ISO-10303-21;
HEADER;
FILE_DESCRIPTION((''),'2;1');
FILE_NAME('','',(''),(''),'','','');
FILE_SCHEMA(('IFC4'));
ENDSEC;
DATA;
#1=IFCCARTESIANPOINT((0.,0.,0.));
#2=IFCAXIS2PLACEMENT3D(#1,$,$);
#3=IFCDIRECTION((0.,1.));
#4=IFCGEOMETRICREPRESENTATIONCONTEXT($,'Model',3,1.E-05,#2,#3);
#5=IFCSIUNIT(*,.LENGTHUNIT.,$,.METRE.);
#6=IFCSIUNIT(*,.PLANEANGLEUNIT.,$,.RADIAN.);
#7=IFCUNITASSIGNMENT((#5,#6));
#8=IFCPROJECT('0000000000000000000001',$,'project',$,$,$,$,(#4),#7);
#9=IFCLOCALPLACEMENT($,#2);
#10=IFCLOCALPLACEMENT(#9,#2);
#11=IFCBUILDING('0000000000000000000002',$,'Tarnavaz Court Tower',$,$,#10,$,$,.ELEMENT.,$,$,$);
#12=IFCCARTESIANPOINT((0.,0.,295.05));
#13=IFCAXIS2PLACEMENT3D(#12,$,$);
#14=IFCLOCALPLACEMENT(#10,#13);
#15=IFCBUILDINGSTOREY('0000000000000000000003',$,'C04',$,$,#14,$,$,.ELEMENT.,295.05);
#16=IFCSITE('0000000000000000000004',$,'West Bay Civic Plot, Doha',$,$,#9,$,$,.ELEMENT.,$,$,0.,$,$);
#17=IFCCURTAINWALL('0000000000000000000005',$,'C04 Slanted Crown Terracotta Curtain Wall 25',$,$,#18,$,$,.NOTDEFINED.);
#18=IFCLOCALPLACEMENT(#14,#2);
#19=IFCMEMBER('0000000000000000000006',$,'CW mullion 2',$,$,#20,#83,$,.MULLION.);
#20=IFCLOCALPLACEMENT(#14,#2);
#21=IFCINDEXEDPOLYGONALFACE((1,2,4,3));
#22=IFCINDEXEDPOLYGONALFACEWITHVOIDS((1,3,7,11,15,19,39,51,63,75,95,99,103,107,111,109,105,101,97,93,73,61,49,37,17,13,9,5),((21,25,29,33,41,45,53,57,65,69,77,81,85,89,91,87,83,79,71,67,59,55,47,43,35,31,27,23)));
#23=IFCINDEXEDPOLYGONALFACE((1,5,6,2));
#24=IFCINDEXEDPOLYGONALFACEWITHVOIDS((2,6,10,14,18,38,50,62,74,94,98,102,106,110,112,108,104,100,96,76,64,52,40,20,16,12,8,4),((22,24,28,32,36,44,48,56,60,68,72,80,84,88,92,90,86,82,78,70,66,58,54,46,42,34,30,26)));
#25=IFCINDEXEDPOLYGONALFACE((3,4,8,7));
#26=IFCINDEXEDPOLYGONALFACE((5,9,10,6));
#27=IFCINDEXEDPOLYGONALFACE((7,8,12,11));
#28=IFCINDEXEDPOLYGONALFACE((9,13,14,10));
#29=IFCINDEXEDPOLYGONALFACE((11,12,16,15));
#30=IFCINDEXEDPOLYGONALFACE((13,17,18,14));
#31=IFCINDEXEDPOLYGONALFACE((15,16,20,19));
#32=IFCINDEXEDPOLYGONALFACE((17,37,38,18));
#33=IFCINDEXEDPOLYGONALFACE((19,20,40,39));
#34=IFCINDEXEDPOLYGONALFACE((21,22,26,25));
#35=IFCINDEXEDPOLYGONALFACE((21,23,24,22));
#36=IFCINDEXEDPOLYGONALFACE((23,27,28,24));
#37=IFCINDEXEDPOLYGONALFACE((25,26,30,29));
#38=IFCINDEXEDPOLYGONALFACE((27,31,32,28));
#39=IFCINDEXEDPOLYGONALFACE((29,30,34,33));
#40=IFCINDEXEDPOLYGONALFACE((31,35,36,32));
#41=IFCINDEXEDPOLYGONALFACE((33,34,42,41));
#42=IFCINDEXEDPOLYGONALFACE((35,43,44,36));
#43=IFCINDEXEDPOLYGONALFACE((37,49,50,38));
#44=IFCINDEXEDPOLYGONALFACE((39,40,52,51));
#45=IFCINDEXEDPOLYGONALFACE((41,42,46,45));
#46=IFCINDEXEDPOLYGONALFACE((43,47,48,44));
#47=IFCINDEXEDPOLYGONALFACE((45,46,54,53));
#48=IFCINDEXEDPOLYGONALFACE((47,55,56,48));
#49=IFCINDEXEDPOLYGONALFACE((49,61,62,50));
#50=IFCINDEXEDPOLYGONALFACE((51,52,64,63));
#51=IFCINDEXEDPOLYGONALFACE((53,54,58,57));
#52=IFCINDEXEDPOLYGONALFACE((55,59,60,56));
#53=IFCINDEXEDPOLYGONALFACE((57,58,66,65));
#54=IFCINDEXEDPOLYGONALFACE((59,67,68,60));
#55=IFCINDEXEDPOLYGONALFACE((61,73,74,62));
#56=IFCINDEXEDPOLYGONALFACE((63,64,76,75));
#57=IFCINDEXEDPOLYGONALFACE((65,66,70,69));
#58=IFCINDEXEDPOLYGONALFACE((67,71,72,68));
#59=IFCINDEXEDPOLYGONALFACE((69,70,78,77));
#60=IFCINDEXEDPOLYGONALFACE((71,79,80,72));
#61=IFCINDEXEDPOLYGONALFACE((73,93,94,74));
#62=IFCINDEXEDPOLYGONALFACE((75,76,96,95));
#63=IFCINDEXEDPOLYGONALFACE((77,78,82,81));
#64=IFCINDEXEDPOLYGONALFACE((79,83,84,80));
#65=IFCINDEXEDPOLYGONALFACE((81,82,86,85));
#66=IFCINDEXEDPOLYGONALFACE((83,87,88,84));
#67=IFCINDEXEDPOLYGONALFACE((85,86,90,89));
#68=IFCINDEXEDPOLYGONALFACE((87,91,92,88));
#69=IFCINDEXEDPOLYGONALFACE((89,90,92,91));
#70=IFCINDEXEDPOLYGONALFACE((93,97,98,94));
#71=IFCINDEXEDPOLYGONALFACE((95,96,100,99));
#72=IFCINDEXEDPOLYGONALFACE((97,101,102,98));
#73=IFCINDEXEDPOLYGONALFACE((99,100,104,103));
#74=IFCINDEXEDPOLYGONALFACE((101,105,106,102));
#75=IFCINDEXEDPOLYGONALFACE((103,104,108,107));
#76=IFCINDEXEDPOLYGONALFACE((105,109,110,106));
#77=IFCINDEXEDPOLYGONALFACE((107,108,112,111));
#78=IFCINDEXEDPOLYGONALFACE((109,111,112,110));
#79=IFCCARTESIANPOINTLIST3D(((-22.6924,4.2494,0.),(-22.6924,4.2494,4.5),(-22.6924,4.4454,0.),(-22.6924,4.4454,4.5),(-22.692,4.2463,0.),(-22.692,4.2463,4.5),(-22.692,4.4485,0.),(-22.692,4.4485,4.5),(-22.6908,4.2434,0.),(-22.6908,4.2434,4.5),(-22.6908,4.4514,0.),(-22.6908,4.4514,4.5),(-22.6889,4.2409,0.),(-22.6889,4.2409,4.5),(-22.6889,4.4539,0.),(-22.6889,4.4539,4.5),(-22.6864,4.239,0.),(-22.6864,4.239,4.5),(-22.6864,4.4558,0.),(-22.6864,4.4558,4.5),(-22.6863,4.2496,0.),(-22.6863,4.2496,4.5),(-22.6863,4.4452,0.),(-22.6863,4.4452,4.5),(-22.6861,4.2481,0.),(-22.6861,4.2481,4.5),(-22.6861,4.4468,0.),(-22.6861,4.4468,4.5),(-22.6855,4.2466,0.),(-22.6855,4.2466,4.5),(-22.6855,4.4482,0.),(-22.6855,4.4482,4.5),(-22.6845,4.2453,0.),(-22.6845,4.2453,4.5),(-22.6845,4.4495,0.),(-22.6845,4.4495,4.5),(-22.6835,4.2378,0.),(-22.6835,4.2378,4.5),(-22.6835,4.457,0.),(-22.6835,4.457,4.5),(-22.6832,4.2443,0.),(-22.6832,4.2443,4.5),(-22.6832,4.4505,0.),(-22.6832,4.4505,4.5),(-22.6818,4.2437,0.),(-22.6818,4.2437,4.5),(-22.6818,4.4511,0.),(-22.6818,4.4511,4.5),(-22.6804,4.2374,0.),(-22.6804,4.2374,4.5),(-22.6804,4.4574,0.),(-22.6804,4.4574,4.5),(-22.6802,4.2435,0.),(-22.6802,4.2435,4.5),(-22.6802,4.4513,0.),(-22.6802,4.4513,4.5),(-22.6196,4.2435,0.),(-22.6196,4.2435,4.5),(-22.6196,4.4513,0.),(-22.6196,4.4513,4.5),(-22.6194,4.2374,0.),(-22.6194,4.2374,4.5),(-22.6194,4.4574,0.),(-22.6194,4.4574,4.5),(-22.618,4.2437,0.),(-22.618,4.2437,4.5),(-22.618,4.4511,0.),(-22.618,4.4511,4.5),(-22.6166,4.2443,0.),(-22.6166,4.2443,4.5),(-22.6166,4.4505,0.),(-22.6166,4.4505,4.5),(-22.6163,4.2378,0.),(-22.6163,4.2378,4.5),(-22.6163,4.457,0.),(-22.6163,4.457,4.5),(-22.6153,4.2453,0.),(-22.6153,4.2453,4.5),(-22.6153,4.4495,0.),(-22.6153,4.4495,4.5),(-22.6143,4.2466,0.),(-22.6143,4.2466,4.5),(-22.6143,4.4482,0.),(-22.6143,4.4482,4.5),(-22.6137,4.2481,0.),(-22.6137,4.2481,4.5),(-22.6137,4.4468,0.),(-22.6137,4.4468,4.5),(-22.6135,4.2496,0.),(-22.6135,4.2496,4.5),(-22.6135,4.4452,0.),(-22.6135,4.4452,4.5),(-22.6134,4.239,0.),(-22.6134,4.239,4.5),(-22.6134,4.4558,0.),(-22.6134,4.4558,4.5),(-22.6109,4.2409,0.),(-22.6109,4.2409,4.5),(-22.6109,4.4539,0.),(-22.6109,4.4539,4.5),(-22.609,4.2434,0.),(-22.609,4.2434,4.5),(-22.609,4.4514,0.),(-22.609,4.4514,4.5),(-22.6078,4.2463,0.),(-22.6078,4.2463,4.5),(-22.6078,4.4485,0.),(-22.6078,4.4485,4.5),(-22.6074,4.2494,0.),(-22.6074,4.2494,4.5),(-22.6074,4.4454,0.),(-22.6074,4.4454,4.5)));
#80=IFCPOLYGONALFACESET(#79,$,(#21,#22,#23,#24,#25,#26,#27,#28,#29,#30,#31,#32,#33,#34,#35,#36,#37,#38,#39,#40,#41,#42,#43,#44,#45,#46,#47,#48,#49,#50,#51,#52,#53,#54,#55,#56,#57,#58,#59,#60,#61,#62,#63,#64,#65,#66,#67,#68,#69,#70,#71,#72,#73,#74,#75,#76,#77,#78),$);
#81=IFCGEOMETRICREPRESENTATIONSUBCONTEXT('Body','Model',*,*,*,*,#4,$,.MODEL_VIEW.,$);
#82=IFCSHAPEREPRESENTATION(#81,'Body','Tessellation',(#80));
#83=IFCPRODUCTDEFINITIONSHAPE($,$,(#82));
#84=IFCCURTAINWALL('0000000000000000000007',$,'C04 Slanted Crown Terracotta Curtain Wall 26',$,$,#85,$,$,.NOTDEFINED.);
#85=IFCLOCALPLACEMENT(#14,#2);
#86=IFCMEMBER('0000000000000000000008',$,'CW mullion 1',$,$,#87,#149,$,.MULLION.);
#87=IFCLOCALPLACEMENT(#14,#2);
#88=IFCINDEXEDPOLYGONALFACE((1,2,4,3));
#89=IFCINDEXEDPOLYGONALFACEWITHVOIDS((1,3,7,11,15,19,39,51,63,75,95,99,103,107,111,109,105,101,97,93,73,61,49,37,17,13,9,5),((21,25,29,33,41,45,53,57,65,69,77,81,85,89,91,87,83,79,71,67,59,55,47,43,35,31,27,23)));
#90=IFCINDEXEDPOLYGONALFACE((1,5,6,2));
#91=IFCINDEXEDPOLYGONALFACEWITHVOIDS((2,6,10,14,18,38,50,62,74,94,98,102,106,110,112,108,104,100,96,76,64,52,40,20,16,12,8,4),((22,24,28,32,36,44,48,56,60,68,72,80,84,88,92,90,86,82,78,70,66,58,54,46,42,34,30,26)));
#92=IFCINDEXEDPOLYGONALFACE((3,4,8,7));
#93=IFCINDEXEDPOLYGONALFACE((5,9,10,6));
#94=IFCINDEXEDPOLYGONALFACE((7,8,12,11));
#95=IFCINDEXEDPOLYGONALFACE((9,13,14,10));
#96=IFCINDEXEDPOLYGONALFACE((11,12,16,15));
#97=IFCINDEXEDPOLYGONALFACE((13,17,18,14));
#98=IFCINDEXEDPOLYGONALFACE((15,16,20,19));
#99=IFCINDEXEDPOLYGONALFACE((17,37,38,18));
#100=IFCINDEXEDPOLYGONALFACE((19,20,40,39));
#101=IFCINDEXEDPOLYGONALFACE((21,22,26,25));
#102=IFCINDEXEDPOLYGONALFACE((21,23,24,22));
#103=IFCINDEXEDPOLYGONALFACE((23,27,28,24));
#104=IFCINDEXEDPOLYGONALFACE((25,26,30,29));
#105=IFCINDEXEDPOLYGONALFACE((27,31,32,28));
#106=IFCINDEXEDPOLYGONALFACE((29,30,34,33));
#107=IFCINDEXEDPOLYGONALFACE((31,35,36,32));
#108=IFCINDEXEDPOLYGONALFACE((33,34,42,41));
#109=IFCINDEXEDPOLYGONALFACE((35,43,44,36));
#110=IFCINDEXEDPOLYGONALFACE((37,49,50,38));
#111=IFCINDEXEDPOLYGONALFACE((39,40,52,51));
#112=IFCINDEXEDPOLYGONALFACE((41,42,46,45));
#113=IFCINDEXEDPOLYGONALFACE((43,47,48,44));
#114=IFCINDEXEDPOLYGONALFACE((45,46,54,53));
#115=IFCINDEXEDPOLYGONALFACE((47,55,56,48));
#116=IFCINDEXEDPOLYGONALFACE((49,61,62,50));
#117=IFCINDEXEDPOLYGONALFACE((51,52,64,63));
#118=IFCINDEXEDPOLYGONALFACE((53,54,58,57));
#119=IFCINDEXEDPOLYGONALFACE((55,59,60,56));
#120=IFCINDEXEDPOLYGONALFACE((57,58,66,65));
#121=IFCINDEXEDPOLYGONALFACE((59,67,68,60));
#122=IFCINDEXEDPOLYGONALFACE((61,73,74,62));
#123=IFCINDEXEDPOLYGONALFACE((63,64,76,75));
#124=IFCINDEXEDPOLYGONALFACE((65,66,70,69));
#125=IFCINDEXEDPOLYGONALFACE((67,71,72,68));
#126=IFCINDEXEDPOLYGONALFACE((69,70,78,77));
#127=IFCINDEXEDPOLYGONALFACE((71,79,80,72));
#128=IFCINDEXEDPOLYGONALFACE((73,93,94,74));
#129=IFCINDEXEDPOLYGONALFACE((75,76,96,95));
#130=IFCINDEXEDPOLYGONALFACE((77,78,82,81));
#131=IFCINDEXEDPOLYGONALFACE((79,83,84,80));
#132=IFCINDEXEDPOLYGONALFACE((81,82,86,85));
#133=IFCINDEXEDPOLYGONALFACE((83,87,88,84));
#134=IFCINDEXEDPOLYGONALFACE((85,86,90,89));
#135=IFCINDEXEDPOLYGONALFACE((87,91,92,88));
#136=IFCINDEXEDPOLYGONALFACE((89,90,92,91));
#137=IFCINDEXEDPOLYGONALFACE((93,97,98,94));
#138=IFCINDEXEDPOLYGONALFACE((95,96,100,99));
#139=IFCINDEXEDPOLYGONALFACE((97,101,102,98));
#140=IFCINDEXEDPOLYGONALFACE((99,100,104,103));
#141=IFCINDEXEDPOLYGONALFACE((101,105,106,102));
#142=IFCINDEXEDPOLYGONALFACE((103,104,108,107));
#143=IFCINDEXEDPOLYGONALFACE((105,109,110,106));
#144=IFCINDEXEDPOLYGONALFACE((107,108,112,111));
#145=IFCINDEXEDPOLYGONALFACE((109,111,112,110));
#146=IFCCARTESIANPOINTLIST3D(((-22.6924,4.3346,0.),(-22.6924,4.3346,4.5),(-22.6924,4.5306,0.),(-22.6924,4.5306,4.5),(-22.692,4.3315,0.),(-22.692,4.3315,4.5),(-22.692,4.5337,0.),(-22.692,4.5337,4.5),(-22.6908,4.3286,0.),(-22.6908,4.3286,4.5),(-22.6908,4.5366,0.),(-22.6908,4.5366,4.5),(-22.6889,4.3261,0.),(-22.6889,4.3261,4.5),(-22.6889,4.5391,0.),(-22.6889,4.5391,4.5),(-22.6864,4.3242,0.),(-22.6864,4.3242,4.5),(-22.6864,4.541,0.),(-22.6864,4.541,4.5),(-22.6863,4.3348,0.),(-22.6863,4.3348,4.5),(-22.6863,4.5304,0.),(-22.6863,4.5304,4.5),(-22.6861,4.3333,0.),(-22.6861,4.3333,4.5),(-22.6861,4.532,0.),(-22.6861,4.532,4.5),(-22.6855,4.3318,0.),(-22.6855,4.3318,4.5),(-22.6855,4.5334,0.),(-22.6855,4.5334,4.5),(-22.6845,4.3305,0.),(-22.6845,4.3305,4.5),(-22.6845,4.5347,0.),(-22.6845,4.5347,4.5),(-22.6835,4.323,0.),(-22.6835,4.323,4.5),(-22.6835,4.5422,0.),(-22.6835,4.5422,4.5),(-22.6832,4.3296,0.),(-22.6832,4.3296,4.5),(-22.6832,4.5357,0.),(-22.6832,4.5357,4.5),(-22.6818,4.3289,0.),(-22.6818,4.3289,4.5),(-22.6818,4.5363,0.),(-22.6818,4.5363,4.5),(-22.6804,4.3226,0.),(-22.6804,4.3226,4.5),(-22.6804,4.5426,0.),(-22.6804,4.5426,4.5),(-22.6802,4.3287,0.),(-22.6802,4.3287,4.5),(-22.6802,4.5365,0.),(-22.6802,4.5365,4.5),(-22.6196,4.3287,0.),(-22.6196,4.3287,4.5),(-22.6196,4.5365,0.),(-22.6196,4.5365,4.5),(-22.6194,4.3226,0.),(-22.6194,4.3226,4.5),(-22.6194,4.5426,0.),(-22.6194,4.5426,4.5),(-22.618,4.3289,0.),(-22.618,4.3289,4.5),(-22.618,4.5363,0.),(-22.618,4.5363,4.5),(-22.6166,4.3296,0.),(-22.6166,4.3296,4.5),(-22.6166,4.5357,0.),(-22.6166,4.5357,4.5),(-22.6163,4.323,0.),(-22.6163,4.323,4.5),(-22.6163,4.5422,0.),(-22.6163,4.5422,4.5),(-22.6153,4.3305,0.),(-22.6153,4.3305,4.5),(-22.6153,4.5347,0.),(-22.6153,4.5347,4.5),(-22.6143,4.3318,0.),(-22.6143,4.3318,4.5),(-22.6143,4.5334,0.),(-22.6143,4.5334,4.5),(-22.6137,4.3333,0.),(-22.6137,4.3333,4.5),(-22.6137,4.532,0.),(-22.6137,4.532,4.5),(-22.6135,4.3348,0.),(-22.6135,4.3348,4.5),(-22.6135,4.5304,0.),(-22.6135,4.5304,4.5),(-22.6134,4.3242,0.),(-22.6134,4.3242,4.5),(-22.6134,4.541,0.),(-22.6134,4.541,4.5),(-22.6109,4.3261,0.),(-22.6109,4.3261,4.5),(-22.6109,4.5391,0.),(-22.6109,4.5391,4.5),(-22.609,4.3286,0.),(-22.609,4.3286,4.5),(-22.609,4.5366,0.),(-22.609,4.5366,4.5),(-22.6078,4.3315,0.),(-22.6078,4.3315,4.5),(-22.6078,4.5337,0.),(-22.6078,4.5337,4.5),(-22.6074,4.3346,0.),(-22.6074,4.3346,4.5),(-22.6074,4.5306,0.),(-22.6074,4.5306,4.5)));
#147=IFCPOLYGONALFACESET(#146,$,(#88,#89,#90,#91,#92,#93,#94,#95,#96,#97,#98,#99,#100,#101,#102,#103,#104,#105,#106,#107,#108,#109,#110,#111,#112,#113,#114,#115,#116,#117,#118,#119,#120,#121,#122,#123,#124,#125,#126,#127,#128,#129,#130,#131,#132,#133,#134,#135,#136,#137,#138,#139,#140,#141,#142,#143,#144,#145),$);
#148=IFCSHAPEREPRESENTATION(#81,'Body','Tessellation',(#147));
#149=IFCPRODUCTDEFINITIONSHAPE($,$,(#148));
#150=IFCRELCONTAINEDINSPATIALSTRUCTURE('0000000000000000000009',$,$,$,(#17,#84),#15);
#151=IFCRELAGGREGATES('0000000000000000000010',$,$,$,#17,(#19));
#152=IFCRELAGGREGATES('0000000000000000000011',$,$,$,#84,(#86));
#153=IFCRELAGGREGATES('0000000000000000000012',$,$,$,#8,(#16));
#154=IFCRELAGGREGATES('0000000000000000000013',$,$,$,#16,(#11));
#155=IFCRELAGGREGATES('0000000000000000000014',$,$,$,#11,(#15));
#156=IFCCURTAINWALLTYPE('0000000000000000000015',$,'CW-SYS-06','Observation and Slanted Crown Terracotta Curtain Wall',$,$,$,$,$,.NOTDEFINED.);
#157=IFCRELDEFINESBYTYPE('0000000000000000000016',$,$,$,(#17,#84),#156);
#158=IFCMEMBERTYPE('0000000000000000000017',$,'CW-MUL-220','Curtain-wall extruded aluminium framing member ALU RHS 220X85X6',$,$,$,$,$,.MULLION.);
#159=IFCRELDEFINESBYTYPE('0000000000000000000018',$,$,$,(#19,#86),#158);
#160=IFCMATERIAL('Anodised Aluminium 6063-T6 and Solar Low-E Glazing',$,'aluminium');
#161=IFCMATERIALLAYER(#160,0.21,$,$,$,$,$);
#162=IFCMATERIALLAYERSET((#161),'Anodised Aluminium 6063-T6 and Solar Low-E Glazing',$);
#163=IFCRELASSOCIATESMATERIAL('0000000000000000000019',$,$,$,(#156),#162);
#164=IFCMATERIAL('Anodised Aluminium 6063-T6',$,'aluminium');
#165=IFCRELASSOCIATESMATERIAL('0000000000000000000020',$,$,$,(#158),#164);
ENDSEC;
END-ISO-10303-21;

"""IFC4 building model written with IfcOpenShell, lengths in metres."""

from ifc_helpers import new_model, si_unit, direction, frame, origin, origin_2d, place, context, subcontext, project, spatial, hollow_rectangle, extrude, material, layer, layer_set, material_profile, profile_set, type_object, element, aggregate, save


model = new_model("IFC4")

# Units and contexts
model_context = context("Model", 3, precision=1e-05, world=origin(), true_north=direction((0.0, 1.0)))
body_context = subcontext(model_context, "Body", "Model", "MODEL_VIEW")
ifc_project = project(units=[si_unit("LENGTHUNIT", "METRE"), si_unit("PLANEANGLEUNIT", "RADIAN")], contexts=[model_context])

# Site, building, storey
site_placement = place(None, origin())
site = spatial("IfcSite", under=ifc_project, at=site_placement, Name="West Bay Civic Plot, Doha", CompositionType="ELEMENT", RefElevation=0.0)
building_placement = place(site_placement, origin())
building = spatial("IfcBuilding", under=site, at=building_placement, Name="Tarnavaz Court Tower", CompositionType="ELEMENT")
storey_placement = place(building_placement, frame((0.0, 0.0, 295.05)))
storey = spatial("IfcBuildingStorey", under=building, at=storey_placement, Name="C04", CompositionType="ELEMENT", Elevation=295.05)

# Shared definitions
ifc_material_1 = material(Name="Anodised Aluminium 6063-T6 and Solar Low-E Glazing", Category="aluminium")
ifc_layer_1 = layer(ifc_material_1, 0.21)
ifc_layer_set_1 = layer_set([ifc_layer_1], Name="Anodised Aluminium 6063-T6 and Solar Low-E Glazing")
curtain_wall_type = type_object("IfcCurtainWallType", Name="CW-SYS-06", Description="Observation and Slanted Crown Terracotta Curtain Wall", PredefinedType="NOTDEFINED", material=ifc_layer_set_1)
ifc_material_2 = material(Name="Anodised Aluminium 6063-T6", Category="aluminium")
ifc_material_profile_1 = material_profile(ifc_material_2, hollow_rectangle(XDim=0.085, YDim=0.22, WallThickness=0.0061, InnerFilletRadius=0.0061, OuterFilletRadius=0.012, at=origin_2d()), Name="ALU RHS 220X85X6")
ifc_profile_set_1 = profile_set([ifc_material_profile_1], Name="Anodised Aluminium 6063-T6")
member_type_1 = type_object("IfcMemberType", Name="CW-MUL-220", Description="Curtain-wall extruded aluminium framing member ALU RHS 220X85X6", PredefinedType="MULLION", material=ifc_profile_set_1)

# Curtain walls, members
curtain_wall_1_placement = place(storey_placement, origin())
curtain_wall_1 = element("IfcCurtainWall", 1, at=curtain_wall_1_placement, inside=storey, type_object=curtain_wall_type, Name="C04 Slanted Crown Terracotta Curtain Wall 25", PredefinedType="NOTDEFINED")
member_1_placement = place(storey_placement, frame((-22.6499, 4.3474, 0.0), z_axis=(0.0, 0.0, 1.0), x_axis=(-1.0, 0.0, 0.0)))
member_1 = element("IfcMember", 2, at=member_1_placement, type_object=member_type_1, Name="CW mullion 2", PredefinedType="MULLION", context=body_context, shape_type="SweptSolid", body=[
    extrude(hollow_rectangle(XDim=0.085, YDim=0.22, WallThickness=0.0061, InnerFilletRadius=0.0061, OuterFilletRadius=0.012, at=origin_2d()), origin(), (0.0, 0.0, 1.0), 4.5),
])
curtain_wall_2_placement = place(storey_placement, origin())
curtain_wall_2 = element("IfcCurtainWall", 3, at=curtain_wall_2_placement, inside=storey, type_object=curtain_wall_type, Name="C04 Slanted Crown Terracotta Curtain Wall 26", PredefinedType="NOTDEFINED")
member_2_placement = place(storey_placement, frame((-22.6499, 4.4326, 0.0), z_axis=(0.0, 0.0, 1.0), x_axis=(-1.0, 0.0, 0.0)))
member_2 = element("IfcMember", 4, at=member_2_placement, type_object=member_type_1, Name="CW mullion 1", PredefinedType="MULLION", context=body_context, shape_type="SweptSolid", body=[
    extrude(hollow_rectangle(XDim=0.085, YDim=0.22, WallThickness=0.0061, InnerFilletRadius=0.0061, OuterFilletRadius=0.012, at=origin_2d()), origin(), (0.0, 0.0, 1.0), 4.5),
])

aggregate(curtain_wall_1, [member_1])
aggregate(curtain_wall_2, [member_2])

save(model, "model.ifc")
